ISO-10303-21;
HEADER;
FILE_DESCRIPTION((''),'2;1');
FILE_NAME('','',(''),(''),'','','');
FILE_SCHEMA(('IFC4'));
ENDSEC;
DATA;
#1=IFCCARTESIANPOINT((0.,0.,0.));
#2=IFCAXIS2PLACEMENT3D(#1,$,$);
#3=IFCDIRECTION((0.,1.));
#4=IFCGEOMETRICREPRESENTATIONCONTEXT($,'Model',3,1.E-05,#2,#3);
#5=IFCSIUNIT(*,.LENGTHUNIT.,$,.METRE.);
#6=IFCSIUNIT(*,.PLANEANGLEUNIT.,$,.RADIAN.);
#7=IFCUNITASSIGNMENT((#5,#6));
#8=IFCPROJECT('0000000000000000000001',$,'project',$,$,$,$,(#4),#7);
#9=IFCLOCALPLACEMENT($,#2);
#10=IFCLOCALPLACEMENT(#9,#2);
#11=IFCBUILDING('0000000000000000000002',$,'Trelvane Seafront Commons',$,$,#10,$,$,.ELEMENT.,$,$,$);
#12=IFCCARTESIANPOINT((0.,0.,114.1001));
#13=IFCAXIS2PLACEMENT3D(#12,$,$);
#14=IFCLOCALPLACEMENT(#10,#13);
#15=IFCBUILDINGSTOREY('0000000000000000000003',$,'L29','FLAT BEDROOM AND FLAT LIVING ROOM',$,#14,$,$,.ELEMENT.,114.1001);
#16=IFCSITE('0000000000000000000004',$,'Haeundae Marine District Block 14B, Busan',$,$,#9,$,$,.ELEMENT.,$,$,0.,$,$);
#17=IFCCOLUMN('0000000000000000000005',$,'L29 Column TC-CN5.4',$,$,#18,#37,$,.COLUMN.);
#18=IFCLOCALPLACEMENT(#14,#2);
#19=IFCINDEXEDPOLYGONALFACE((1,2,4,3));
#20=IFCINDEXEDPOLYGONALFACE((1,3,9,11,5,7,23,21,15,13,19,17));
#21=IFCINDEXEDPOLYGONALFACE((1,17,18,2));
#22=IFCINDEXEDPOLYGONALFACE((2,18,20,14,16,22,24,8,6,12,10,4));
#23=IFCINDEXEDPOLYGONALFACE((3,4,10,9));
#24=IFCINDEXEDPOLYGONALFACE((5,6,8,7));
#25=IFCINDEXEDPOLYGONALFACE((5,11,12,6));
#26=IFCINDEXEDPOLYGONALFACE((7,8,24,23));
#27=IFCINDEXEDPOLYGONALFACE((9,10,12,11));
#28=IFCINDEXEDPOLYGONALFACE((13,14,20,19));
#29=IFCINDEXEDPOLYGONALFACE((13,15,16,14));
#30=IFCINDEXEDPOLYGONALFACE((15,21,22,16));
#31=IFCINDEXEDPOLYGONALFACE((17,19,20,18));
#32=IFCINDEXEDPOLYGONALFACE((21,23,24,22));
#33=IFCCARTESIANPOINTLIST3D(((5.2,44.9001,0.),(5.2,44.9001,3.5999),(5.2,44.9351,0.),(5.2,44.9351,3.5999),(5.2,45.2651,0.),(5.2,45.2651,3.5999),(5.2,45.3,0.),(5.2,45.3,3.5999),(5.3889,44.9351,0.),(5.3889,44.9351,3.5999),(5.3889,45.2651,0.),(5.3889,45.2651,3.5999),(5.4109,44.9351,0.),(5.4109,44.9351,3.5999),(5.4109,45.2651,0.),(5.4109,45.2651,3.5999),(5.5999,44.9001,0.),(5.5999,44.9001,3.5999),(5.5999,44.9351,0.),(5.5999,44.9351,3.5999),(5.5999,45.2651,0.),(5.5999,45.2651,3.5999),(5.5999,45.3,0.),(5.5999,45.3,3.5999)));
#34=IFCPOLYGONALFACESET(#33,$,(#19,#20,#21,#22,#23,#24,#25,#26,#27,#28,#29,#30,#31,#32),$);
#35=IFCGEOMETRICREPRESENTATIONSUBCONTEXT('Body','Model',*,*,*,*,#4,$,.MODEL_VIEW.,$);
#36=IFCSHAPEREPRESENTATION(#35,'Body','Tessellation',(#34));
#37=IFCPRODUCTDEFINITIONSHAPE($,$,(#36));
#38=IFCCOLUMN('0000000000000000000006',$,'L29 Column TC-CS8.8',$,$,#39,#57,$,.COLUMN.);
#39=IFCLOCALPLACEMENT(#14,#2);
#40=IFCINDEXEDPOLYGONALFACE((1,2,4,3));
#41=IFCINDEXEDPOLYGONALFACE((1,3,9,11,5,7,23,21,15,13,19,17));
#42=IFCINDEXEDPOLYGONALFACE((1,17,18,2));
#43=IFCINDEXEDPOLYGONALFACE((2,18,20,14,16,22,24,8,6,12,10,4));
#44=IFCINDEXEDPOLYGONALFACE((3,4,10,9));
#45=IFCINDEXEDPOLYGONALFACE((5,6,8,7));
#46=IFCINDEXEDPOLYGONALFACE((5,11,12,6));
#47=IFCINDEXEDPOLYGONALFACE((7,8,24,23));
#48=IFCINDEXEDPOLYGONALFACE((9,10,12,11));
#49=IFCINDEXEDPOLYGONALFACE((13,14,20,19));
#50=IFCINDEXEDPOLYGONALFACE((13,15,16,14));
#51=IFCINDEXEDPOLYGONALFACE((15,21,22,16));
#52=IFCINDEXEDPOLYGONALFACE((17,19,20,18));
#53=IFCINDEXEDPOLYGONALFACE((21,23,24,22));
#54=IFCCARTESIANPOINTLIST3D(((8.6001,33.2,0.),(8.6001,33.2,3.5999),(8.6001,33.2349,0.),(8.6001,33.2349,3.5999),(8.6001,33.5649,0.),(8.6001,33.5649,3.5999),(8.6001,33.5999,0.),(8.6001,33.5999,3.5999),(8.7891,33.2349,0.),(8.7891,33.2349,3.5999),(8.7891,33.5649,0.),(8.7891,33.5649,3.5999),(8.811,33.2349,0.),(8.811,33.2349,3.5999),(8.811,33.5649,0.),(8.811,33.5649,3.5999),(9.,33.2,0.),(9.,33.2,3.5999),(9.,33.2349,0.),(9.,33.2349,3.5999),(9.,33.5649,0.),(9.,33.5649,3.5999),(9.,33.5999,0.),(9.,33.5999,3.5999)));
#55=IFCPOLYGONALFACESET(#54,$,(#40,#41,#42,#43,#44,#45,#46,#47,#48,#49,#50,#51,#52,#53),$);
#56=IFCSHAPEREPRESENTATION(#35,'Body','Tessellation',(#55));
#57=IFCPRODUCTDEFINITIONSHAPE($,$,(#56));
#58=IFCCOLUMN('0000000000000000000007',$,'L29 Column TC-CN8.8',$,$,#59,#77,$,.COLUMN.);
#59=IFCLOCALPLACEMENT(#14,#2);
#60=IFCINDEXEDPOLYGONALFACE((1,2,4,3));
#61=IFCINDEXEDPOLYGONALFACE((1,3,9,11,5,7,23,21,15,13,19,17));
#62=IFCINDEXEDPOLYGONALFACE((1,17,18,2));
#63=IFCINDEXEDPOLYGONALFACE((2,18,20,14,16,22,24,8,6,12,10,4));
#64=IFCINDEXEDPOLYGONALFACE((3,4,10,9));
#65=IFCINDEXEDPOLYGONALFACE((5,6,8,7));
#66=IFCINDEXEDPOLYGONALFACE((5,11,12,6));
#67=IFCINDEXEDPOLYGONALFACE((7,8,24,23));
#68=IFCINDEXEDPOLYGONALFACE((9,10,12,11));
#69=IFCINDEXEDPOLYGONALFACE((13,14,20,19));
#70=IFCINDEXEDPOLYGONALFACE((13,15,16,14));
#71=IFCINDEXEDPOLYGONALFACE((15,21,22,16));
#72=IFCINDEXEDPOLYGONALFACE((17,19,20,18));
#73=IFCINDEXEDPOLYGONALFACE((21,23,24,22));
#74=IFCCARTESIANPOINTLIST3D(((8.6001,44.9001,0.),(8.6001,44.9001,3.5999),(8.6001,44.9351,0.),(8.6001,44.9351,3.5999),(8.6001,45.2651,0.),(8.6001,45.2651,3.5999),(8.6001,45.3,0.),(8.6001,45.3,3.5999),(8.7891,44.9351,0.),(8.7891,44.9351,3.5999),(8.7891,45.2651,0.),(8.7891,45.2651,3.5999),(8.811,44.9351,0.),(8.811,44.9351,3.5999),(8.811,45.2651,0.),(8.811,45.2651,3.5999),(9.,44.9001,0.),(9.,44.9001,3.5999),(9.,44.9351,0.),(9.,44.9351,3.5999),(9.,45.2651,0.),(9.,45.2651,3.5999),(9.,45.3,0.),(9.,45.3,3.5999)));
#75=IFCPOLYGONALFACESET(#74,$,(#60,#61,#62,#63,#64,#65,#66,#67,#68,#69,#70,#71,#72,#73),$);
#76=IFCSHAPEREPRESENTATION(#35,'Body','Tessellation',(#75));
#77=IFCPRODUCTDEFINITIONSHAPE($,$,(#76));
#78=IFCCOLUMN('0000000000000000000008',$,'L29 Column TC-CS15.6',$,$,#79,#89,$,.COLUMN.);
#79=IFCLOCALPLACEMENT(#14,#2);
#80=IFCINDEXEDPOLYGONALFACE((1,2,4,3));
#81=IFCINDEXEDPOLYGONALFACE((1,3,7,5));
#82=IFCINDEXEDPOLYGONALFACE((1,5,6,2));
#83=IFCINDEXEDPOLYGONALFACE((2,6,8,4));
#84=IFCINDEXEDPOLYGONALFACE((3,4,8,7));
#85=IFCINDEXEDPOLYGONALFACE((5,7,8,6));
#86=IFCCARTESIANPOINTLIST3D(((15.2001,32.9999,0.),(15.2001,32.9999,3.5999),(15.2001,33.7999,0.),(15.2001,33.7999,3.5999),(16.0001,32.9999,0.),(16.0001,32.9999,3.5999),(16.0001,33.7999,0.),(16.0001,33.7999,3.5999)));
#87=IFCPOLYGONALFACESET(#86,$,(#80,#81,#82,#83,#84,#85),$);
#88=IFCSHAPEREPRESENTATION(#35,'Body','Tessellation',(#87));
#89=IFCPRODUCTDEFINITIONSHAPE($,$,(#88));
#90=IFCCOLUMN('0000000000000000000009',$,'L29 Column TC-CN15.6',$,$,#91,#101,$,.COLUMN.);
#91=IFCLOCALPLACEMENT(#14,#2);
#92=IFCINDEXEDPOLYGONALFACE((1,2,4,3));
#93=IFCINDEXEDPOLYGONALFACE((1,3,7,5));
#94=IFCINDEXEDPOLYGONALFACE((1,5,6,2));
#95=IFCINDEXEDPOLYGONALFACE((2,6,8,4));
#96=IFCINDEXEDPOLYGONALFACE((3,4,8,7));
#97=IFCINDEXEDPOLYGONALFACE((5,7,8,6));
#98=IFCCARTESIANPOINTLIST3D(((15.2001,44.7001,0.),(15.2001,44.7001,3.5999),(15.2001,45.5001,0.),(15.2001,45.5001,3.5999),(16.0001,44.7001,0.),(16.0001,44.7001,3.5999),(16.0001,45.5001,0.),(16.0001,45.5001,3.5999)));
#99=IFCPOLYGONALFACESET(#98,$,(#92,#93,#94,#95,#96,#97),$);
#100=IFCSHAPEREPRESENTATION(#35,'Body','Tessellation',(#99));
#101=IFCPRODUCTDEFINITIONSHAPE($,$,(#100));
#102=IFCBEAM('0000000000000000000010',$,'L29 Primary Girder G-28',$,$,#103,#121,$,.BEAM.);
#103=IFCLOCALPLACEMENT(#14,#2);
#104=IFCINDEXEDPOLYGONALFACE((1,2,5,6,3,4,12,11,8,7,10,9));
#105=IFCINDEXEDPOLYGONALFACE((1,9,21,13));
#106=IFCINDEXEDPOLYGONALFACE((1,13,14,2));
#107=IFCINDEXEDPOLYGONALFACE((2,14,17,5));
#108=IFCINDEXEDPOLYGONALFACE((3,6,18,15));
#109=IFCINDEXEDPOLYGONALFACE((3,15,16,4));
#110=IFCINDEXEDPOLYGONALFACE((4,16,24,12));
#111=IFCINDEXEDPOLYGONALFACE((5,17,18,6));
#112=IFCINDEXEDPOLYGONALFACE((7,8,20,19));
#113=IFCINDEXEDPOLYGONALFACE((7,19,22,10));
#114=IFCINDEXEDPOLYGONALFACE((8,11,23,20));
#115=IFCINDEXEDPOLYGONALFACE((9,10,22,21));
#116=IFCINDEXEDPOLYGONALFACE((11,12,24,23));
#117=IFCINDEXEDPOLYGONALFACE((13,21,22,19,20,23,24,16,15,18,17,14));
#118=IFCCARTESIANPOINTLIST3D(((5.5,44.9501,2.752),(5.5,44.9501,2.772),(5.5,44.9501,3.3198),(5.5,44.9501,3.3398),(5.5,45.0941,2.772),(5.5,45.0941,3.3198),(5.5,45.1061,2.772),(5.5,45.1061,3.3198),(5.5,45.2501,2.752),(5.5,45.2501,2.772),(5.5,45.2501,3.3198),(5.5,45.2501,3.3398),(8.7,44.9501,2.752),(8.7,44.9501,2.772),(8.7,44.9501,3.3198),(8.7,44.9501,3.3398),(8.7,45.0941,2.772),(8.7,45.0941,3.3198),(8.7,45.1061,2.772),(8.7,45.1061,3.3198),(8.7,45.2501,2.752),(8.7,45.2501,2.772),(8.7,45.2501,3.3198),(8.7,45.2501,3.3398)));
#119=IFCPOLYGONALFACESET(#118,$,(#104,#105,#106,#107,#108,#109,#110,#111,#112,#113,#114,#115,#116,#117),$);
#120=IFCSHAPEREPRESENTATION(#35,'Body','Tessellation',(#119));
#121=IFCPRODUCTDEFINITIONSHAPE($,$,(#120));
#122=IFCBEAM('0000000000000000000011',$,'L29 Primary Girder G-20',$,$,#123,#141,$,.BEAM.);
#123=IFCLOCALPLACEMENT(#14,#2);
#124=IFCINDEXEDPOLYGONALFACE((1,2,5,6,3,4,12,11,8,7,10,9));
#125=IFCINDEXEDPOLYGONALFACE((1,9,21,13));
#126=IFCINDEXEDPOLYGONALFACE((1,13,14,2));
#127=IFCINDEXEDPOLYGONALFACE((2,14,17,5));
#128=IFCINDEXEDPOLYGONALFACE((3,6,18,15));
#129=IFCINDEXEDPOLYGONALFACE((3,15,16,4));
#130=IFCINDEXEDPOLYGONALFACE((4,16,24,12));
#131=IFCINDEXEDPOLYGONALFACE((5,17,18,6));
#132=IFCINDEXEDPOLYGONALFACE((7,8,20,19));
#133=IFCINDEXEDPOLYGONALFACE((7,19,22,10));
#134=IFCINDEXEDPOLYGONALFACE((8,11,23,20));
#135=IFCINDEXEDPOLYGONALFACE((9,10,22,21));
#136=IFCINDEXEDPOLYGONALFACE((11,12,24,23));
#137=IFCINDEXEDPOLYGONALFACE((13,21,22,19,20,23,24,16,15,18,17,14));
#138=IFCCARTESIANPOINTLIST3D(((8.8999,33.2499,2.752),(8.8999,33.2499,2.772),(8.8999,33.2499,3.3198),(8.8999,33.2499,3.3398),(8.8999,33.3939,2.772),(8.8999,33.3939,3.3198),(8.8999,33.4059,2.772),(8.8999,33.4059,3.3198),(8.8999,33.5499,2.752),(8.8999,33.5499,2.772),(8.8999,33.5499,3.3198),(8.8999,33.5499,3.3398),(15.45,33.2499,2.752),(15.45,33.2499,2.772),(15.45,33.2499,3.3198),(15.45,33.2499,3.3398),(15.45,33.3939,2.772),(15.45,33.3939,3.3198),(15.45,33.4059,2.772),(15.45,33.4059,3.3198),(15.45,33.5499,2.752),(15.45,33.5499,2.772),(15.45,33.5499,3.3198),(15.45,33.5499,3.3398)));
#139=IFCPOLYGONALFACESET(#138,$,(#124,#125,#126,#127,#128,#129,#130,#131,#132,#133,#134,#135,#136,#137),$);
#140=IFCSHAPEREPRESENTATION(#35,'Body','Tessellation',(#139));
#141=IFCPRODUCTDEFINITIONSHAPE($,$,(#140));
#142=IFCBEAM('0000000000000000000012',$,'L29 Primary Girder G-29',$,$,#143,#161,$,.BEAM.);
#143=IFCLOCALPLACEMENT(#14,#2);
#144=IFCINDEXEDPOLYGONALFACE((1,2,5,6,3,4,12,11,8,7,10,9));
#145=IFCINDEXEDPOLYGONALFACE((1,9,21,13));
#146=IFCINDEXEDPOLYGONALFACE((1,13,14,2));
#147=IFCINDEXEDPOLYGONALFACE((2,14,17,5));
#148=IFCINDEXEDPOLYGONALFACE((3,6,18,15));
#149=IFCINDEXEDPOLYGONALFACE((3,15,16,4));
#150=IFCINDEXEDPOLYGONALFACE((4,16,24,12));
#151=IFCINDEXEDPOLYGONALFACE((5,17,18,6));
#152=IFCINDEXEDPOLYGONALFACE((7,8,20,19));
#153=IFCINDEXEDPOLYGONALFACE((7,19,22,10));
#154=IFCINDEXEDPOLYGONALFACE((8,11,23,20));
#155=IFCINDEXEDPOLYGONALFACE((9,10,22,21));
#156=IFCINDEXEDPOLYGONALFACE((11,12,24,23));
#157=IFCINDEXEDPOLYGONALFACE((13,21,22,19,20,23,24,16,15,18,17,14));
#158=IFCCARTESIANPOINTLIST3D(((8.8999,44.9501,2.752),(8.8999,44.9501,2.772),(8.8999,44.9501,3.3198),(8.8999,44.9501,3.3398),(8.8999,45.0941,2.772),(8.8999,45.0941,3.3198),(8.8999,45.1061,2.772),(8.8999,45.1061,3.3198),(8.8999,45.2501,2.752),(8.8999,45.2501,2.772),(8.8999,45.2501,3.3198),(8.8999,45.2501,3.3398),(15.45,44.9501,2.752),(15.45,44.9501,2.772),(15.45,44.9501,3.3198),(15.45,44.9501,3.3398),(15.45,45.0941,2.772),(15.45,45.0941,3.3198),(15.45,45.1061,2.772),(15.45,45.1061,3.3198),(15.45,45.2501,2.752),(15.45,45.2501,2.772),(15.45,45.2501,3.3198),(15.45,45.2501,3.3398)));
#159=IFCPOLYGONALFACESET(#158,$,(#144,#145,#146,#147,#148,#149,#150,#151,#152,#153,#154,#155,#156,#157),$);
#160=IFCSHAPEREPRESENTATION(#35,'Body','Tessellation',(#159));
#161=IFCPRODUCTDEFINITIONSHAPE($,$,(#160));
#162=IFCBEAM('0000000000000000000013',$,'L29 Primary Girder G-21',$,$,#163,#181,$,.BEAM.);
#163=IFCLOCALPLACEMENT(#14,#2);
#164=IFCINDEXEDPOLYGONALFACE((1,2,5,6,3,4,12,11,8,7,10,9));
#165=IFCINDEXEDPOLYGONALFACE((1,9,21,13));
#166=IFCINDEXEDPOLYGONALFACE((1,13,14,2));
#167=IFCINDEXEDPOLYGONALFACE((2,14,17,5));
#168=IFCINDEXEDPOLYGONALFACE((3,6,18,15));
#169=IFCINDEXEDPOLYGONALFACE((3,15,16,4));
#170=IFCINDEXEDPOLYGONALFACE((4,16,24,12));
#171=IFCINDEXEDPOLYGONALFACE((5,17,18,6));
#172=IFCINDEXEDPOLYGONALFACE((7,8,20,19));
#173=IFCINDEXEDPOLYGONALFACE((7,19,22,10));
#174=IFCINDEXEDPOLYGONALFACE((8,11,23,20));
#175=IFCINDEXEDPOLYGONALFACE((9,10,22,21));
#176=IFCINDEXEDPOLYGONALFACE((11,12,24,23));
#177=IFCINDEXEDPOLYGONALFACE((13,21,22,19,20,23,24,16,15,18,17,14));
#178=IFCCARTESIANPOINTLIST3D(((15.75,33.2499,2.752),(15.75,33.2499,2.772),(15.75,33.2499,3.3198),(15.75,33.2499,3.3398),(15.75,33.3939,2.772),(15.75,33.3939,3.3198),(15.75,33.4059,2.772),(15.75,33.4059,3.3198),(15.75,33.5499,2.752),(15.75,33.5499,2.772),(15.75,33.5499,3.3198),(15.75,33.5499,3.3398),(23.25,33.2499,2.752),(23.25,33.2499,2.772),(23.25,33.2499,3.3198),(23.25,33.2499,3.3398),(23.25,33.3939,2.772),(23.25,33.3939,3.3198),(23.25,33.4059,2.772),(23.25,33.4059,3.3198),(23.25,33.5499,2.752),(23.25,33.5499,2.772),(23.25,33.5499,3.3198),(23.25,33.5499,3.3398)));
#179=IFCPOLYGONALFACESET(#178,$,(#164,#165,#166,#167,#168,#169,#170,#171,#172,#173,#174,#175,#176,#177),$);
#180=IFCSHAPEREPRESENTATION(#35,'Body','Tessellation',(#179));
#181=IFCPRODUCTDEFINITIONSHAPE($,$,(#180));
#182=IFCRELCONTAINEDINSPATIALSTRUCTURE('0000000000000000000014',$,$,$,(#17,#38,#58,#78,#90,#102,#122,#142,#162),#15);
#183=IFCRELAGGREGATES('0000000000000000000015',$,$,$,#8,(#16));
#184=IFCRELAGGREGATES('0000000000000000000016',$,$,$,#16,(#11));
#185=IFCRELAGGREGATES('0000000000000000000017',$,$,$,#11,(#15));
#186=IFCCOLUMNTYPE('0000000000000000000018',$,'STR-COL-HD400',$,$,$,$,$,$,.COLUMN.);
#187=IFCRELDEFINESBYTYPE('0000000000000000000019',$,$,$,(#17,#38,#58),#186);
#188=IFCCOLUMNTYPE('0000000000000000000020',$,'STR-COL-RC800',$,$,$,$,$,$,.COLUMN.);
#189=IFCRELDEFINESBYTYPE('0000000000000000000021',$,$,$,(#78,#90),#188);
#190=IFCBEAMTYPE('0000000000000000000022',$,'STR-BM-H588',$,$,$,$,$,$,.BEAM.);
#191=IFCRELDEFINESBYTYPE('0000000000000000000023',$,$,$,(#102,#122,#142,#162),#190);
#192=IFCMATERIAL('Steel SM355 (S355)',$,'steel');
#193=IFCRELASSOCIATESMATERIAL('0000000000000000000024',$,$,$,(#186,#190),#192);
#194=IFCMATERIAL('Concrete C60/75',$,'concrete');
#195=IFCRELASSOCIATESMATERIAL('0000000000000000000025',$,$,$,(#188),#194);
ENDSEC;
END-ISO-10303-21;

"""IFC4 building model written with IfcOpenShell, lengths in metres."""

from ifc_helpers import new_model, si_unit, direction, frame, origin, origin_2d, place, context, subcontext, project, spatial, rectangle, i_section, extrude, source, transform, mapped, material, material_profile, profile_set, type_object, element, save


model = new_model("IFC4")

# Units and contexts
model_context = context("Model", 3, precision=1e-05, world=origin(), true_north=direction((0.0, 1.0)))
body_context = subcontext(model_context, "Body", "Model", "MODEL_VIEW")
ifc_project = project(units=[si_unit("LENGTHUNIT", "METRE"), si_unit("PLANEANGLEUNIT", "RADIAN")], contexts=[model_context])

# Site, building, storey
site_placement = place(None, origin())
site = spatial("IfcSite", under=ifc_project, at=site_placement, Name="Haeundae Marine District Block 14B, Busan", CompositionType="ELEMENT", RefElevation=0.0)
building_placement = place(site_placement, origin())
building = spatial("IfcBuilding", under=site, at=building_placement, Name="Trelvane Seafront Commons", CompositionType="ELEMENT")
storey_placement = place(building_placement, frame((0.0, 0.0, 114.1001)))
storey = spatial("IfcBuildingStorey", under=building, at=storey_placement, Name="L29", Description="FLAT BEDROOM AND FLAT LIVING ROOM", CompositionType="ELEMENT", Elevation=114.1001)

# Columns
ifc_material_1 = material(Name="Steel SM355 (S355)", Category="steel")
ifc_material_profile_1 = material_profile(ifc_material_1, i_section(OverallWidth=0.3999, OverallDepth=0.3999, WebThickness=0.022, FlangeThickness=0.0349, at=origin_2d()), Name="HD-400x400x22x35")
ifc_profile_set_1 = profile_set([ifc_material_profile_1], Name="Steel SM355 (S355)")
column_type_1 = type_object("IfcColumnType", Name="STR-COL-HD400", PredefinedType="COLUMN", material=ifc_profile_set_1)
shared_shape_1 = source(origin(), body_context, "Body", "SweptSolid", [
    extrude(i_section(OverallWidth=0.3999, OverallDepth=0.3999, WebThickness=0.022, FlangeThickness=0.0349, at=origin_2d()), origin(), (0.0, 0.0, 1.0), 3.5999),
])
for number, where, z_axis, x_axis, name in (
    (1, (5.3999, 45.1001, 0.0), (0.0, 0.0, 1.0), (1.0, 0.0, 0.0), "L29 Column TC-CN5.4"),
    (2, (8.8, 33.3999, 0.0), (0.0, 0.0, 1.0), (1.0, 0.0, 0.0), "L29 Column TC-CS8.8"),
    (3, (8.8, 45.1001, 0.0), (0.0, 0.0, 1.0), (1.0, 0.0, 0.0), "L29 Column TC-CN8.8"),
):
    element("IfcColumn", number, at=place(storey_placement, frame(where, z_axis=z_axis, x_axis=x_axis)), inside=storey, type_object=column_type_1, Name=name, PredefinedType="COLUMN", context=body_context, shape_type="MappedRepresentation", body=[
        mapped(shared_shape_1, transform((0.0, 0.0, 0.0), x_axis=(1.0, 0.0, 0.0), y_axis=(0.0, 1.0, 0.0), z_axis=(0.0, 0.0, 1.0), scale=1.0)),
    ])
ifc_material_2 = material(Name="Concrete C60/75", Category="concrete")
ifc_material_profile_2 = material_profile(ifc_material_2, rectangle(XDim=0.8, YDim=0.8, at=origin_2d()), Name="RC-800x800")
ifc_profile_set_2 = profile_set([ifc_material_profile_2], Name="Concrete C60/75")
column_type_2 = type_object("IfcColumnType", Name="STR-COL-RC800", PredefinedType="COLUMN", material=ifc_profile_set_2)
shared_shape_2 = source(origin(), body_context, "Body", "SweptSolid", [
    extrude(rectangle(XDim=0.8, YDim=0.8, at=origin_2d()), origin(), (0.0, 0.0, 1.0), 3.5999),
])
for number, where, z_axis, x_axis, name in (
    (4, (15.6001, 33.3999, 0.0), (0.0, 0.0, 1.0), (1.0, 0.0, 0.0), "L29 Column TC-CS15.6"),
    (5, (15.6001, 45.1001, 0.0), (0.0, 0.0, 1.0), (1.0, 0.0, 0.0), "L29 Column TC-CN15.6"),
):
    element("IfcColumn", number, at=place(storey_placement, frame(where, z_axis=z_axis, x_axis=x_axis)), inside=storey, type_object=column_type_2, Name=name, PredefinedType="COLUMN", context=body_context, shape_type="MappedRepresentation", body=[
        mapped(shared_shape_2, transform((0.0, 0.0, 0.0), x_axis=(1.0, 0.0, 0.0), y_axis=(0.0, 1.0, 0.0), z_axis=(0.0, 0.0, 1.0), scale=1.0)),
    ])

# Beams
ifc_material_profile_3 = material_profile(ifc_material_1, i_section(OverallWidth=0.3, OverallDepth=0.5879, WebThickness=0.012, FlangeThickness=0.02, at=origin_2d()), Name="H-588x300x12x20")
ifc_profile_set_3 = profile_set([ifc_material_profile_3], Name="Steel SM355 (S355)")
beam_type_1 = type_object("IfcBeamType", Name="STR-BM-H588", PredefinedType="BEAM", material=ifc_profile_set_3)
shared_shape_3 = source(origin(), body_context, "Body", "SweptSolid", [
    extrude(i_section(OverallWidth=0.3, OverallDepth=0.5879, WebThickness=0.012, FlangeThickness=0.02, at=origin_2d()), origin(), (0.0, 0.0, 1.0), 3.2),
])
beam_1_placement = place(storey_placement, frame((5.5, 45.1001, 3.0459), z_axis=(1.0, 0.0, 0.0), x_axis=(0.0, 1.0, 0.0)))
element("IfcBeam", 6, at=beam_1_placement, inside=storey, type_object=beam_type_1, Name="L29 Primary Girder G-28", PredefinedType="BEAM", context=body_context, shape_type="MappedRepresentation", body=[
    mapped(shared_shape_3, transform((0.0, 0.0, 0.0), x_axis=(1.0, 0.0, 0.0), y_axis=(0.0, 1.0, 0.0), z_axis=(0.0, 0.0, 1.0), scale=1.0)),
])
shared_shape_4 = source(origin(), body_context, "Body", "SweptSolid", [
    extrude(i_section(OverallWidth=0.3, OverallDepth=0.5879, WebThickness=0.012, FlangeThickness=0.02, at=origin_2d()), origin(), (0.0, 0.0, 1.0), 6.55),
])
for number, where, z_axis, x_axis, name in (
    (7, (8.8999, 33.3999, 3.0459), (1.0, 0.0, 0.0), (0.0, 1.0, 0.0), "L29 Primary Girder G-20"),
    (8, (8.8999, 45.1001, 3.0459), (1.0, 0.0, 0.0), (0.0, 1.0, 0.0), "L29 Primary Girder G-29"),
):
    element("IfcBeam", number, at=place(storey_placement, frame(where, z_axis=z_axis, x_axis=x_axis)), inside=storey, type_object=beam_type_1, Name=name, PredefinedType="BEAM", context=body_context, shape_type="MappedRepresentation", body=[
        mapped(shared_shape_4, transform((0.0, 0.0, 0.0), x_axis=(1.0, 0.0, 0.0), y_axis=(0.0, 1.0, 0.0), z_axis=(0.0, 0.0, 1.0), scale=1.0)),
    ])
shared_shape_5 = source(origin(), body_context, "Body", "SweptSolid", [
    extrude(i_section(OverallWidth=0.3, OverallDepth=0.5879, WebThickness=0.012, FlangeThickness=0.02, at=origin_2d()), origin(), (0.0, 0.0, 1.0), 7.5),
])
beam_2_placement = place(storey_placement, frame((15.75, 33.3999, 3.0459), z_axis=(1.0, 0.0, 0.0), x_axis=(0.0, 1.0, 0.0)))
element("IfcBeam", 9, at=beam_2_placement, inside=storey, type_object=beam_type_1, Name="L29 Primary Girder G-21", PredefinedType="BEAM", context=body_context, shape_type="MappedRepresentation", body=[
    mapped(shared_shape_5, transform((0.0, 0.0, 0.0), x_axis=(1.0, 0.0, 0.0), y_axis=(0.0, 1.0, 0.0), z_axis=(0.0, 0.0, 1.0), scale=1.0)),
])

save(model, "model.ifc")
